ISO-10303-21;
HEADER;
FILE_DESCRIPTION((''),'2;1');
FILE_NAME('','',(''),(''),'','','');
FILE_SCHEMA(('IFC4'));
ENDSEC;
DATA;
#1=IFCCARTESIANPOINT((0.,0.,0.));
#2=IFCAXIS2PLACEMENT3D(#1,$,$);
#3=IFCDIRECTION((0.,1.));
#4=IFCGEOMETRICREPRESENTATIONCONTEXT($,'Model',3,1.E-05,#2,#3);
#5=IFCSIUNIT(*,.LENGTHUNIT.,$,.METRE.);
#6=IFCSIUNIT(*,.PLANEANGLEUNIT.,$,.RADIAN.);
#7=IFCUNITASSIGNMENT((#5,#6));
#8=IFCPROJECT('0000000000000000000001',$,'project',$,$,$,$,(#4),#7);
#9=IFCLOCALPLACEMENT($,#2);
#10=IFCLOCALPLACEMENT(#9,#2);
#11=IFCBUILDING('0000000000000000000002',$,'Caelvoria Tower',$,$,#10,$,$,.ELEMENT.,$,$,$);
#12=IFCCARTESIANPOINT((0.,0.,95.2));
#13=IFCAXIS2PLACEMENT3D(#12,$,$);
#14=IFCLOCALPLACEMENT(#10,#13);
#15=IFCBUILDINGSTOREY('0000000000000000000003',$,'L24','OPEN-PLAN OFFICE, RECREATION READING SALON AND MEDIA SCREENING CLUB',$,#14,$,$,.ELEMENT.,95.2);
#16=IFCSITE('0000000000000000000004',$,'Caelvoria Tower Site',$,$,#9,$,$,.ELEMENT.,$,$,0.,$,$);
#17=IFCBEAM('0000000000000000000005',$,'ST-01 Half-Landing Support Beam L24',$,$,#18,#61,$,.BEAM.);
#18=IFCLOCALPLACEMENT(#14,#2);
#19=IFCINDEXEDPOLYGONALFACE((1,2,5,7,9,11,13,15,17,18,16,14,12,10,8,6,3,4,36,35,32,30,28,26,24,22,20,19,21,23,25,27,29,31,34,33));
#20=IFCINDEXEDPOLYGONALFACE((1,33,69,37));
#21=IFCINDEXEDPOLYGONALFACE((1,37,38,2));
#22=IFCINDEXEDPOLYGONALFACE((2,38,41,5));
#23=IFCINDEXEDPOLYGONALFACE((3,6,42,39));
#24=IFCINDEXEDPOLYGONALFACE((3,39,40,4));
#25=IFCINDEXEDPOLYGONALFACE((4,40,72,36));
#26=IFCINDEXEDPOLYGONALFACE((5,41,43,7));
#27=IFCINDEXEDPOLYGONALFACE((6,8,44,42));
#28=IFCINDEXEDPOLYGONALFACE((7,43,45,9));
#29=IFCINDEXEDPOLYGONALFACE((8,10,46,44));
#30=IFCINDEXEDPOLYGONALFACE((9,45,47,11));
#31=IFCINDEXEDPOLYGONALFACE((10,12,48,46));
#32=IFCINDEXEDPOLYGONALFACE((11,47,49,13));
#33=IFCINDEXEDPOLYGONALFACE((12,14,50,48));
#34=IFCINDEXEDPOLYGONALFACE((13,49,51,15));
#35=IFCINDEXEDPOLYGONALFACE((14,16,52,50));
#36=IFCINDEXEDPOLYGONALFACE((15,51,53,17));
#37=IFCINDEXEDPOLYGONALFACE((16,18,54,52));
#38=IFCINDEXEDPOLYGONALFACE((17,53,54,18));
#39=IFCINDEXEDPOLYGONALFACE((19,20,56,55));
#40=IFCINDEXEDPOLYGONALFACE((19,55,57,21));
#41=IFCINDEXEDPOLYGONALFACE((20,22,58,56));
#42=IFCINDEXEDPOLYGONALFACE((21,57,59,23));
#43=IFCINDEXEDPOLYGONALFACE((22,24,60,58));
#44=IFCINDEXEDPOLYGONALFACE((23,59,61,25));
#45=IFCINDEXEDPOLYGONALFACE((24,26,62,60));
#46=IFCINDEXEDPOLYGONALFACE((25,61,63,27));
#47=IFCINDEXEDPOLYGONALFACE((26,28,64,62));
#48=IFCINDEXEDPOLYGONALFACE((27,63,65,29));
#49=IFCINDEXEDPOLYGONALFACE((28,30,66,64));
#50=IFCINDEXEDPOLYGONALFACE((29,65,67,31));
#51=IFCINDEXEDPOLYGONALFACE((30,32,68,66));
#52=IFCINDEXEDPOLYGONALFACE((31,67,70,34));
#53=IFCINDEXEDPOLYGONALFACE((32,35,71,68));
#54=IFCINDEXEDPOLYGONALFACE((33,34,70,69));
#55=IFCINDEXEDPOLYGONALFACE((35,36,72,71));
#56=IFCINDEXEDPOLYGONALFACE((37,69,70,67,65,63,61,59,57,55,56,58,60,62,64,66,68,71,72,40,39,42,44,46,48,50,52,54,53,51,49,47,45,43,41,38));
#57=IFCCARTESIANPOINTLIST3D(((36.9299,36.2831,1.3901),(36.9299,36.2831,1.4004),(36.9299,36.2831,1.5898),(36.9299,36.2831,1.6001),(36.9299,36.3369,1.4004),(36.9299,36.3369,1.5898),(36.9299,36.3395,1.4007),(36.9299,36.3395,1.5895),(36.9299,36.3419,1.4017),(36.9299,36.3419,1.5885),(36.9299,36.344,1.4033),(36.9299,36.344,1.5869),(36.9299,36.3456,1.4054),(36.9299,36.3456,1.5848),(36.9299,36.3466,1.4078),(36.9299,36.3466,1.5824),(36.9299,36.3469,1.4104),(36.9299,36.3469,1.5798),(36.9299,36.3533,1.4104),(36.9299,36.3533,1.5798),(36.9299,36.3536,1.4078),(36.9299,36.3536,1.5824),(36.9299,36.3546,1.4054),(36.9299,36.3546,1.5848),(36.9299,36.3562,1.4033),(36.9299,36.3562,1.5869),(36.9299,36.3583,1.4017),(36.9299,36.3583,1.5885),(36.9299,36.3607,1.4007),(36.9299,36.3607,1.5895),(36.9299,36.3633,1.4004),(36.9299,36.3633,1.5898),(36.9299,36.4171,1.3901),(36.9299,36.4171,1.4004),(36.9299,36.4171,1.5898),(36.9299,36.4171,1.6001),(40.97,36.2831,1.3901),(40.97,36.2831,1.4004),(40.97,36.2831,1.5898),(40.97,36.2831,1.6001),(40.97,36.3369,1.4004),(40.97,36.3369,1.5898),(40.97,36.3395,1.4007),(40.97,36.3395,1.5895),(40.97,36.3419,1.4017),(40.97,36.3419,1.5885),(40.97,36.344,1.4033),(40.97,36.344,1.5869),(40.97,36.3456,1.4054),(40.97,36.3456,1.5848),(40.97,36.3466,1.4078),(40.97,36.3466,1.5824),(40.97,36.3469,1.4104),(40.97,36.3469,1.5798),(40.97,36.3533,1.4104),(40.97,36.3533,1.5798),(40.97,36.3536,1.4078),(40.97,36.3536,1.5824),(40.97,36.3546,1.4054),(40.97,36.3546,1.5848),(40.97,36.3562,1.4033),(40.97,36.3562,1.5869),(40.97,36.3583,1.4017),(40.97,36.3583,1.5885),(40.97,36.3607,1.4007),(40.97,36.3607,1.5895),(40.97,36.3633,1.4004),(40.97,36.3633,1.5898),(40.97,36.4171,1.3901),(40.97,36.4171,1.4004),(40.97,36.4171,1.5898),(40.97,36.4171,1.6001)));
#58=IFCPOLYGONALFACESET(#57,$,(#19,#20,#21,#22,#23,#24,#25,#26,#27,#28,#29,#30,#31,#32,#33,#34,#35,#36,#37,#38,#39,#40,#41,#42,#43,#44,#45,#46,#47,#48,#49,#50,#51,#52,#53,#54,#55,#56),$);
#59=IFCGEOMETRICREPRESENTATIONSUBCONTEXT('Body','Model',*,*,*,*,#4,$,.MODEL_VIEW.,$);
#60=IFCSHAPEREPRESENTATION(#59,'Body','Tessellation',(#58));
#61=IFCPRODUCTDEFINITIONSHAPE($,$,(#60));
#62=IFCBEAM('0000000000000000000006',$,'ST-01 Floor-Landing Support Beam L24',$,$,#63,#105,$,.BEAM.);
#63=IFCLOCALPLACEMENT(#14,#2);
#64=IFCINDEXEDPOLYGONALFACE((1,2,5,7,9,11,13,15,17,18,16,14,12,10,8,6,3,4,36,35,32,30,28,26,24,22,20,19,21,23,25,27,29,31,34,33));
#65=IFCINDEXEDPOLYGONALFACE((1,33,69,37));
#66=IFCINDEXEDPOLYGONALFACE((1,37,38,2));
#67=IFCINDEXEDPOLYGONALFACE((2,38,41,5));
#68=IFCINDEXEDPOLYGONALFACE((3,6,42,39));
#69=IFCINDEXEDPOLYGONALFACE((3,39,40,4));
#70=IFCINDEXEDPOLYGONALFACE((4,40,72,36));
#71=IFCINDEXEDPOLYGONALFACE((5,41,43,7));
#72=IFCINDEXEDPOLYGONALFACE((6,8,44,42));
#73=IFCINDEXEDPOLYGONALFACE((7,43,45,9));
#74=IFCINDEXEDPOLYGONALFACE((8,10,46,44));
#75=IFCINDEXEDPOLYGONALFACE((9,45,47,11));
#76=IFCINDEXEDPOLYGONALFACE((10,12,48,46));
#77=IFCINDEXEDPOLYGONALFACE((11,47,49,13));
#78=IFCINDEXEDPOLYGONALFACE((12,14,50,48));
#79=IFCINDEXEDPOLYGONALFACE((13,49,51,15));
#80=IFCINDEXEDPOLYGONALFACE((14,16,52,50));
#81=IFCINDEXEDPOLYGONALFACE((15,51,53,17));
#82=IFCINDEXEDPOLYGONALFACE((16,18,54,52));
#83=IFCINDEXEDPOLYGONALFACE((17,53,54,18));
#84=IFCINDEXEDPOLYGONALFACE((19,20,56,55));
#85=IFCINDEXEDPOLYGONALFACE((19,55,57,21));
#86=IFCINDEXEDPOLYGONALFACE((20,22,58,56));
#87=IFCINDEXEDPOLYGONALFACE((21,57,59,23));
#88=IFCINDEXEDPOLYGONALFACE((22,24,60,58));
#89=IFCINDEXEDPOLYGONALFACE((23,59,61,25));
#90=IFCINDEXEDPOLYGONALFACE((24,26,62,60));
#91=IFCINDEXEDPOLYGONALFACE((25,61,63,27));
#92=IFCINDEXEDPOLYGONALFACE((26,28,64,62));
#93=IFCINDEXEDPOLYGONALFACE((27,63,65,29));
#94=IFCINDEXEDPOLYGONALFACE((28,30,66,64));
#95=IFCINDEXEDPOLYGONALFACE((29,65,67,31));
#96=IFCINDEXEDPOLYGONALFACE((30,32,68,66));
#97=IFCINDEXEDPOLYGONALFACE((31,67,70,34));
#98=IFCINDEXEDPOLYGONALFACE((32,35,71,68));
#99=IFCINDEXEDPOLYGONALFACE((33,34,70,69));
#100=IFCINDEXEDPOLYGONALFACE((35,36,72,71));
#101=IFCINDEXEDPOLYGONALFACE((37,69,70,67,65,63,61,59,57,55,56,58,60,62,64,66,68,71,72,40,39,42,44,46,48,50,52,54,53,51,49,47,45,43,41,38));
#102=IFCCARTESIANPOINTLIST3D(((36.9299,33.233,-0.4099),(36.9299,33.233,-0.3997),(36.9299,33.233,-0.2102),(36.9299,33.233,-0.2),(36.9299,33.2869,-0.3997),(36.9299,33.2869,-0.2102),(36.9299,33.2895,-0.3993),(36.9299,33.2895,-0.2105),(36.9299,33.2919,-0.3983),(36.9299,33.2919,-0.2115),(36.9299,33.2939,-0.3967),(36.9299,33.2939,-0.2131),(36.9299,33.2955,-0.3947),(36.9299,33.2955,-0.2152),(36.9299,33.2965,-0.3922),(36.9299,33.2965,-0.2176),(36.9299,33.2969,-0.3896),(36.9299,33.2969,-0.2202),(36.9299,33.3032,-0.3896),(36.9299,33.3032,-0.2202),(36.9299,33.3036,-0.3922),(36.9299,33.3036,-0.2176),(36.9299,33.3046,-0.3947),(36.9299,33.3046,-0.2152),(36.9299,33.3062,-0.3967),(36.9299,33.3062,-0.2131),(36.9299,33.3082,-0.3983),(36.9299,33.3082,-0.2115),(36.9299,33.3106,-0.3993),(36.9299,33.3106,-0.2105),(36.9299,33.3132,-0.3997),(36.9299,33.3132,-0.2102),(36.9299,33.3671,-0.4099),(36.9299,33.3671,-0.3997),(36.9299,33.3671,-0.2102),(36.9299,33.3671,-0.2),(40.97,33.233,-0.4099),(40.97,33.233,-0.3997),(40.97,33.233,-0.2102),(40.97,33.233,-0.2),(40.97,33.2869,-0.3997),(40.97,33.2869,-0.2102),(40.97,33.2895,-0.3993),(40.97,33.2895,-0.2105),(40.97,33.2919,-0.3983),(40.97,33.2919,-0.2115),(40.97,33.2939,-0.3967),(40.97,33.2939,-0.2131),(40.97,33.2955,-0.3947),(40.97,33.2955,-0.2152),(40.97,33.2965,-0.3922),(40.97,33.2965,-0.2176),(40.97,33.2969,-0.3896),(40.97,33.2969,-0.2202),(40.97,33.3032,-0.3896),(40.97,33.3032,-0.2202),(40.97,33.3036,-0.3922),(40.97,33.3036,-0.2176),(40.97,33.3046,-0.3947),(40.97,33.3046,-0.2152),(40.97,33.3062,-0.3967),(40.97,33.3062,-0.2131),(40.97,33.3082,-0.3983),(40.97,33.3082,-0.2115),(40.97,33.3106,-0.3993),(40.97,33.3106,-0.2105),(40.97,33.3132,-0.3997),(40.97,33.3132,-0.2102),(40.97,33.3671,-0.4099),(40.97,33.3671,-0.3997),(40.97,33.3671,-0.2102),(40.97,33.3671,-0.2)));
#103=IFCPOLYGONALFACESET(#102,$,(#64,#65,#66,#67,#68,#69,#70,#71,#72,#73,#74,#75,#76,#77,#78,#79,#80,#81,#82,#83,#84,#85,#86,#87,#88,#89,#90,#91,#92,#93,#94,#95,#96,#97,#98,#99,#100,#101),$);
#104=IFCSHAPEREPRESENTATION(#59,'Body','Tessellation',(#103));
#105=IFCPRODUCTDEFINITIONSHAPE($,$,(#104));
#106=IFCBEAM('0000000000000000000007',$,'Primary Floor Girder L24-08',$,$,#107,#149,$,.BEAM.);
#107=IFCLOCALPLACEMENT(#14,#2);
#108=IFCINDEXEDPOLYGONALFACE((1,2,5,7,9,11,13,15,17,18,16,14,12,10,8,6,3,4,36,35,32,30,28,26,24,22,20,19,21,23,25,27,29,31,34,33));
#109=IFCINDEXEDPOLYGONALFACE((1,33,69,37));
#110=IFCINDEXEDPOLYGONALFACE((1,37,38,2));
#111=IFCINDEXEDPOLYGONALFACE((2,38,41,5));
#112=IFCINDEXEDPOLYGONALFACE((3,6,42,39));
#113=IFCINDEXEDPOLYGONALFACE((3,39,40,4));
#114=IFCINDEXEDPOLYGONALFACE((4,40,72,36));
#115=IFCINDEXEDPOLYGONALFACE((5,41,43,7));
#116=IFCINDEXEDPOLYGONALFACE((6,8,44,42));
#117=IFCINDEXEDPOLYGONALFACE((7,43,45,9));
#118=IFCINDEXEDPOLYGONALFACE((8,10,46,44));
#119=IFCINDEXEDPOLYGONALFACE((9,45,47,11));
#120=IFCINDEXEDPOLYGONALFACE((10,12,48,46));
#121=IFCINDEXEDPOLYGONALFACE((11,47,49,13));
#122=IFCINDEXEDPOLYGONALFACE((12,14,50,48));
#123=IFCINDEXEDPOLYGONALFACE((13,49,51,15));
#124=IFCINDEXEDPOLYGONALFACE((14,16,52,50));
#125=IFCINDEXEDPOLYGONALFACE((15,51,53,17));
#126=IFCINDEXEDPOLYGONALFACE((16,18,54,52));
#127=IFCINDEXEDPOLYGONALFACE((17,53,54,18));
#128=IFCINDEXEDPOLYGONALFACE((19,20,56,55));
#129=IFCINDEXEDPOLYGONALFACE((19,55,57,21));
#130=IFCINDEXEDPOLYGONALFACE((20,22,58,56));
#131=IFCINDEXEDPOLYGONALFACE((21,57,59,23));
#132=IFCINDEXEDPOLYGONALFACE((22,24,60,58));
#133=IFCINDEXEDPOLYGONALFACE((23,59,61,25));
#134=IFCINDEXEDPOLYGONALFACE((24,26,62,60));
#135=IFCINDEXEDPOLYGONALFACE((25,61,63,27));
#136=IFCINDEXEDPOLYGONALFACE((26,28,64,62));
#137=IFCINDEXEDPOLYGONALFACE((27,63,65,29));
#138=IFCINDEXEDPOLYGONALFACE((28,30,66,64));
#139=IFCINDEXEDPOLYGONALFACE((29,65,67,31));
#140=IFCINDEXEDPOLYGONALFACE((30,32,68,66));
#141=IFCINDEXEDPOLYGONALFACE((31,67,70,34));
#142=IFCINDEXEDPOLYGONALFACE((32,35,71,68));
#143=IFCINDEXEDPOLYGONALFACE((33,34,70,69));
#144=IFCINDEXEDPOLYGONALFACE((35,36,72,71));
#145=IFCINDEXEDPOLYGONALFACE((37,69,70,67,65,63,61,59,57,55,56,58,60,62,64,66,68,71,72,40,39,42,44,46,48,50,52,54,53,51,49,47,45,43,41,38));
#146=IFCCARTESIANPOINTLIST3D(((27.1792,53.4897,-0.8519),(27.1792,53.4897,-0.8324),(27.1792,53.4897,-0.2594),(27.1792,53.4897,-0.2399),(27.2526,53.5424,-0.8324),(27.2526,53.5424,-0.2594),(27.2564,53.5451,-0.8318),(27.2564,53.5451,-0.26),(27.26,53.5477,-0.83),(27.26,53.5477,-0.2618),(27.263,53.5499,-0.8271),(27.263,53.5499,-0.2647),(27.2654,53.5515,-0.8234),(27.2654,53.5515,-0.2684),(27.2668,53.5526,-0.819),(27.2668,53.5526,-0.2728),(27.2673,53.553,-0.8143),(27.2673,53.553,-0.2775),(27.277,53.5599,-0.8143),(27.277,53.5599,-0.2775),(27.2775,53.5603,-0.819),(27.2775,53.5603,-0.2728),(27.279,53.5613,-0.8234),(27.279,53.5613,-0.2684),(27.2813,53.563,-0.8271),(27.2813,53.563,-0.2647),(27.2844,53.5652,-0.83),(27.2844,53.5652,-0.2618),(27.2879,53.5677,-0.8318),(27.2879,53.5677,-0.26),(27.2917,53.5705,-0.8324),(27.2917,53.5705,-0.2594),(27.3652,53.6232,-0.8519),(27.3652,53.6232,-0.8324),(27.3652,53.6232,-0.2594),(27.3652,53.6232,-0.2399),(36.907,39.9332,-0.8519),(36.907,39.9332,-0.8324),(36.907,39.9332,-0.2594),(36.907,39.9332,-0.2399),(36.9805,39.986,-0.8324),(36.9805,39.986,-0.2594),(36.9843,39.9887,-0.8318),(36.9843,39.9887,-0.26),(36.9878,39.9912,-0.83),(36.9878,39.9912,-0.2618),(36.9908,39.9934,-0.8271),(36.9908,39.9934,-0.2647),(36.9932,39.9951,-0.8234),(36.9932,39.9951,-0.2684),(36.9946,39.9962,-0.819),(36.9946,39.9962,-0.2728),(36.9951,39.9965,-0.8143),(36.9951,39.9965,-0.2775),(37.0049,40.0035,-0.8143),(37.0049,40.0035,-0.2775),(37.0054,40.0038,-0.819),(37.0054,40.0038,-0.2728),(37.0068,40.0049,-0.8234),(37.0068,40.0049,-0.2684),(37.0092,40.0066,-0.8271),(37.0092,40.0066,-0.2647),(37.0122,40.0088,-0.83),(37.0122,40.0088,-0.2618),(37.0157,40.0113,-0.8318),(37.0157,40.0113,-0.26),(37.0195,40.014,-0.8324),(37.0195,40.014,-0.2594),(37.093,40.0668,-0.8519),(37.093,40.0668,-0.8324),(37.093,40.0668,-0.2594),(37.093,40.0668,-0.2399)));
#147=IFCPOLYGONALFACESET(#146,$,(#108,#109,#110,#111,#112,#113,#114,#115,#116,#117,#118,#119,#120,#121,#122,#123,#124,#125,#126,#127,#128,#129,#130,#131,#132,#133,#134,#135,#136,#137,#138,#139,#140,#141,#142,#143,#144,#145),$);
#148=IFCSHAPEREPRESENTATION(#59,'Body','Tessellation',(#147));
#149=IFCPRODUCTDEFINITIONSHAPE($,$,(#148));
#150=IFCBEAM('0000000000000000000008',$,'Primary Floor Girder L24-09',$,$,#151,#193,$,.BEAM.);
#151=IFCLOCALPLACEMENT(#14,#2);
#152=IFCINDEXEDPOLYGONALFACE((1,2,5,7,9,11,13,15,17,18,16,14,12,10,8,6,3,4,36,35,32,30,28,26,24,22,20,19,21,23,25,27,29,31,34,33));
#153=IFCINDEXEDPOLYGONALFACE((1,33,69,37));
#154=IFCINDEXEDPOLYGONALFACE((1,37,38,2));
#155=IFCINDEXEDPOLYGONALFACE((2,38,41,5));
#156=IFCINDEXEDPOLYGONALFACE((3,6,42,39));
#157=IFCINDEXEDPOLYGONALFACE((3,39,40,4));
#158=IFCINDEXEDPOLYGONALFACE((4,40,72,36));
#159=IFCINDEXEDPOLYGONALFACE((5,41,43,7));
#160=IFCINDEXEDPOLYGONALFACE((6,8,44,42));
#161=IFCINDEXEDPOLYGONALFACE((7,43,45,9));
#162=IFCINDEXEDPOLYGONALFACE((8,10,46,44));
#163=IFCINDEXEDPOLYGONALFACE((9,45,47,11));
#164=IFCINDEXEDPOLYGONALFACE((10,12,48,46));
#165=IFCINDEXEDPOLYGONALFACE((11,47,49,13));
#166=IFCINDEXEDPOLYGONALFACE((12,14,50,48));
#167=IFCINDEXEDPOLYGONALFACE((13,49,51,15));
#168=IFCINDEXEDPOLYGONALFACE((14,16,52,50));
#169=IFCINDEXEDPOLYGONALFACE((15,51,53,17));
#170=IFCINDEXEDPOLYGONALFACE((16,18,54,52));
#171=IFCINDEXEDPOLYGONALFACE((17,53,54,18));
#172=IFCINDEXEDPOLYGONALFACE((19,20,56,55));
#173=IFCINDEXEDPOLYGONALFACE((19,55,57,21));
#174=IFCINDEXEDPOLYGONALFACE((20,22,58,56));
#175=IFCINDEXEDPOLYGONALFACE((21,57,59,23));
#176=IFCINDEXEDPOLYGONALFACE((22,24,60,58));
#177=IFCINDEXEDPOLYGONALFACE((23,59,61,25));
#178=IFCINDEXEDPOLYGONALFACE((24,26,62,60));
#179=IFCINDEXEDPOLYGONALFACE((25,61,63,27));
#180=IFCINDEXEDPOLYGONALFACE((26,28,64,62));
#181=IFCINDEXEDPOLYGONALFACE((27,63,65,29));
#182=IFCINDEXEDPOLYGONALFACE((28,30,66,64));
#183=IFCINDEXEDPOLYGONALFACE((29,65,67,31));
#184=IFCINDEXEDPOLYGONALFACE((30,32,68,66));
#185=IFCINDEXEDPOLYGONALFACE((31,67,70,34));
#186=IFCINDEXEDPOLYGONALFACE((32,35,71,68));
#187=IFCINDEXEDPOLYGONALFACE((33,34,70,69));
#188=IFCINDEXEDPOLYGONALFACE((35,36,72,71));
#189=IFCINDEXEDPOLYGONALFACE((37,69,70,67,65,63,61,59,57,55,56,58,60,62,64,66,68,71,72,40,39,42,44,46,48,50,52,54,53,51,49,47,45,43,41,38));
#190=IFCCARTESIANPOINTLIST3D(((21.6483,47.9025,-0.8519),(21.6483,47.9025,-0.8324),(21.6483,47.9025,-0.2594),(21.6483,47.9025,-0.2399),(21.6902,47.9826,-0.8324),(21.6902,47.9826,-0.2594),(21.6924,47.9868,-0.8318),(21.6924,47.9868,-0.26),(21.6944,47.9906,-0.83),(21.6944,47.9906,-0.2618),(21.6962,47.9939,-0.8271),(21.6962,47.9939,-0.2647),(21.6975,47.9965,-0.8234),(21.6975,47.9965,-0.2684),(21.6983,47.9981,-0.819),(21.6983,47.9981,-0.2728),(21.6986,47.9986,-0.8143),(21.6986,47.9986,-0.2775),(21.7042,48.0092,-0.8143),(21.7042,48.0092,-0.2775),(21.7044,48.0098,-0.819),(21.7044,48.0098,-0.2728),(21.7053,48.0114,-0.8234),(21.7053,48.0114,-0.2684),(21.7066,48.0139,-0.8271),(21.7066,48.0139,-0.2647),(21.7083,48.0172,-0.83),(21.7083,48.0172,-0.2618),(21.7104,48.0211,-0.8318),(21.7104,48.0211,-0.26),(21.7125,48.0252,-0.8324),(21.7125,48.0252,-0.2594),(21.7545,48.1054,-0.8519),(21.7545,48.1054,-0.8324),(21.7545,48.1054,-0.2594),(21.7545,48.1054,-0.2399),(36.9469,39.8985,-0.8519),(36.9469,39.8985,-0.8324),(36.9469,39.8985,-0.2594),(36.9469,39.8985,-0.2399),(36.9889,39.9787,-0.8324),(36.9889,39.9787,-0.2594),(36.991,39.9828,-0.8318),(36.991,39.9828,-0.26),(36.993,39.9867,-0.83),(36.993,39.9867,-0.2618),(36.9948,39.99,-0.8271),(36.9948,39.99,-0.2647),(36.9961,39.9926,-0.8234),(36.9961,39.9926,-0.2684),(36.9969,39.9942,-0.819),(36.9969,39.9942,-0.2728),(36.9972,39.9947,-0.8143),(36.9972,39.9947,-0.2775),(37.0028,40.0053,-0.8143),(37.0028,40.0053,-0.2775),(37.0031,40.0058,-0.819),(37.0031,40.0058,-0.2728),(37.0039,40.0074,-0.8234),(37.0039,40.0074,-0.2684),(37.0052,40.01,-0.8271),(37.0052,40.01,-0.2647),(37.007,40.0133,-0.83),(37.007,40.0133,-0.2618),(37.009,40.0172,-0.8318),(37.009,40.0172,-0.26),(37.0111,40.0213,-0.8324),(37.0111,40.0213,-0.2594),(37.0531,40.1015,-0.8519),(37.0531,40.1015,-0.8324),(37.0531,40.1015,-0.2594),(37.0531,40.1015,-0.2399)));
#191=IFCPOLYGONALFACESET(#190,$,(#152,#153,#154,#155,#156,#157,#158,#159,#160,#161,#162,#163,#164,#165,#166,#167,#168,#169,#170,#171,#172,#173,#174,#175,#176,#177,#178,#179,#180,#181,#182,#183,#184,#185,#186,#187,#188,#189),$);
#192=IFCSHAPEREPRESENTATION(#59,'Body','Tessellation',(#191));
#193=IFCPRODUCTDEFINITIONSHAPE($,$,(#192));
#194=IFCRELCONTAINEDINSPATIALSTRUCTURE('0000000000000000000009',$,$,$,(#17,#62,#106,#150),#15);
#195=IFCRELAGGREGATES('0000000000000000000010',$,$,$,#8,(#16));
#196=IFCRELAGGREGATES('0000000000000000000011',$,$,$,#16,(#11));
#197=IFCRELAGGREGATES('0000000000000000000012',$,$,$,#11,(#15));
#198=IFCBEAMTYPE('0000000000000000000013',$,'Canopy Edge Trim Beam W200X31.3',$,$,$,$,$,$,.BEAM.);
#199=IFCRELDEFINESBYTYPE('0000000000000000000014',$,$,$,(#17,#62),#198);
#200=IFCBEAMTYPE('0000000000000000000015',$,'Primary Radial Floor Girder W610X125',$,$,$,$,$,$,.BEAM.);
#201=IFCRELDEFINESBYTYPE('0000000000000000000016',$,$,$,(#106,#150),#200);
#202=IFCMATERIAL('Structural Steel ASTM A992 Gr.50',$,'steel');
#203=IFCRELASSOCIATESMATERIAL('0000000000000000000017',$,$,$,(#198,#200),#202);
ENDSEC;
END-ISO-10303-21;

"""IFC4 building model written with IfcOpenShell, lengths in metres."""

from ifc_helpers import new_model, si_unit, direction, frame, origin, origin_2d, place, context, subcontext, project, spatial, i_section, extrude, material, material_profile, profile_set, type_object, element, save


model = new_model("IFC4")

# Units and contexts
model_context = context("Model", 3, precision=1e-05, world=origin(), true_north=direction((0.0, 1.0)))
body_context = subcontext(model_context, "Body", "Model", "MODEL_VIEW")
ifc_project = project(units=[si_unit("LENGTHUNIT", "METRE"), si_unit("PLANEANGLEUNIT", "RADIAN")], contexts=[model_context])

# Site, building, storey
site_placement = place(None, origin())
site = spatial("IfcSite", under=ifc_project, at=site_placement, Name="Caelvoria Tower Site", CompositionType="ELEMENT", RefElevation=0.0)
building_placement = place(site_placement, origin())
building = spatial("IfcBuilding", under=site, at=building_placement, Name="Caelvoria Tower", CompositionType="ELEMENT")
storey_placement = place(building_placement, frame((0.0, 0.0, 95.2)))
storey = spatial("IfcBuildingStorey", under=building, at=storey_placement, Name="L24", Description="OPEN-PLAN OFFICE, RECREATION READING SALON AND MEDIA SCREENING CLUB", CompositionType="ELEMENT", Elevation=95.2)

# Beams
ifc_material_1 = material(Name="Structural Steel ASTM A992 Gr.50", Category="steel")
ifc_material_profile_1 = material_profile(ifc_material_1, i_section(OverallWidth=0.134, OverallDepth=0.21, WebThickness=0.0063, FlangeThickness=0.0103, FilletRadius=0.01, at=origin_2d()), Name="Structural Steel ASTM A992 Gr.50")
ifc_profile_set_1 = profile_set([ifc_material_profile_1], Name="W200X31.3 - Structural Steel ASTM A992 Gr.50")
beam_type_1 = type_object("IfcBeamType", Name="Canopy Edge Trim Beam W200X31.3", PredefinedType="BEAM", material=ifc_profile_set_1)
for number, where, z_axis, x_axis, name in (
    (1, (36.9299, 36.3501, 1.4951), (1.0, 0.0, 0.0), (0.0, 1.0, 0.0), "ST-01 Half-Landing Support Beam L24"),
    (2, (36.9299, 33.3, -0.3049), (1.0, 0.0, 0.0), (0.0, 1.0, 0.0), "ST-01 Floor-Landing Support Beam L24"),
):
    element("IfcBeam", number, at=place(storey_placement, frame(where, z_axis=z_axis, x_axis=x_axis)), inside=storey, type_object=beam_type_1, Name=name, PredefinedType="BEAM", context=body_context, shape_type="SweptSolid", body=[
        extrude(i_section(OverallWidth=0.134, OverallDepth=0.21, WebThickness=0.0063, FlangeThickness=0.0103, FilletRadius=0.01, at=origin_2d()), origin(), (0.0, 0.0, 1.0), 4.04),
    ])
ifc_material_profile_2 = material_profile(ifc_material_1, i_section(OverallWidth=0.229, OverallDepth=0.6121, WebThickness=0.012, FlangeThickness=0.0195, FilletRadius=0.0181, at=origin_2d()), Name="Structural Steel ASTM A992 Gr.50")
ifc_profile_set_2 = profile_set([ifc_material_profile_2], Name="W610X125 - Structural Steel ASTM A992 Gr.50")
beam_type_2 = type_object("IfcBeamType", Name="Primary Radial Floor Girder W610X125", PredefinedType="BEAM", material=ifc_profile_set_2)
beam_1_placement = place(storey_placement, frame((37.0, 40.0, -0.5459), z_axis=(-0.583008, 0.812466, 0.0), x_axis=(-0.812466, -0.583008, 0.0)))
element("IfcBeam", 3, at=beam_1_placement, inside=storey, type_object=beam_type_2, Name="Primary Floor Girder L24-08", PredefinedType="BEAM", context=body_context, shape_type="SweptSolid", body=[
    extrude(i_section(OverallWidth=0.229, OverallDepth=0.6121, WebThickness=0.012, FlangeThickness=0.0195, FilletRadius=0.0181, at=origin_2d()), origin(), (0.0, 0.0, 1.0), 16.6855),
])
beam_2_placement = place(storey_placement, frame((37.0, 40.0, -0.5459), z_axis=(-0.886061, 0.463569, 0.0), x_axis=(-0.463569, -0.886061, 0.0)))
element("IfcBeam", 4, at=beam_2_placement, inside=storey, type_object=beam_type_2, Name="Primary Floor Girder L24-09", PredefinedType="BEAM", context=body_context, shape_type="SweptSolid", body=[
    extrude(i_section(OverallWidth=0.229, OverallDepth=0.6121, WebThickness=0.012, FlangeThickness=0.0195, FilletRadius=0.0181, at=origin_2d()), origin(), (0.0, 0.0, 1.0), 17.2659),
])

save(model, "model.ifc")
